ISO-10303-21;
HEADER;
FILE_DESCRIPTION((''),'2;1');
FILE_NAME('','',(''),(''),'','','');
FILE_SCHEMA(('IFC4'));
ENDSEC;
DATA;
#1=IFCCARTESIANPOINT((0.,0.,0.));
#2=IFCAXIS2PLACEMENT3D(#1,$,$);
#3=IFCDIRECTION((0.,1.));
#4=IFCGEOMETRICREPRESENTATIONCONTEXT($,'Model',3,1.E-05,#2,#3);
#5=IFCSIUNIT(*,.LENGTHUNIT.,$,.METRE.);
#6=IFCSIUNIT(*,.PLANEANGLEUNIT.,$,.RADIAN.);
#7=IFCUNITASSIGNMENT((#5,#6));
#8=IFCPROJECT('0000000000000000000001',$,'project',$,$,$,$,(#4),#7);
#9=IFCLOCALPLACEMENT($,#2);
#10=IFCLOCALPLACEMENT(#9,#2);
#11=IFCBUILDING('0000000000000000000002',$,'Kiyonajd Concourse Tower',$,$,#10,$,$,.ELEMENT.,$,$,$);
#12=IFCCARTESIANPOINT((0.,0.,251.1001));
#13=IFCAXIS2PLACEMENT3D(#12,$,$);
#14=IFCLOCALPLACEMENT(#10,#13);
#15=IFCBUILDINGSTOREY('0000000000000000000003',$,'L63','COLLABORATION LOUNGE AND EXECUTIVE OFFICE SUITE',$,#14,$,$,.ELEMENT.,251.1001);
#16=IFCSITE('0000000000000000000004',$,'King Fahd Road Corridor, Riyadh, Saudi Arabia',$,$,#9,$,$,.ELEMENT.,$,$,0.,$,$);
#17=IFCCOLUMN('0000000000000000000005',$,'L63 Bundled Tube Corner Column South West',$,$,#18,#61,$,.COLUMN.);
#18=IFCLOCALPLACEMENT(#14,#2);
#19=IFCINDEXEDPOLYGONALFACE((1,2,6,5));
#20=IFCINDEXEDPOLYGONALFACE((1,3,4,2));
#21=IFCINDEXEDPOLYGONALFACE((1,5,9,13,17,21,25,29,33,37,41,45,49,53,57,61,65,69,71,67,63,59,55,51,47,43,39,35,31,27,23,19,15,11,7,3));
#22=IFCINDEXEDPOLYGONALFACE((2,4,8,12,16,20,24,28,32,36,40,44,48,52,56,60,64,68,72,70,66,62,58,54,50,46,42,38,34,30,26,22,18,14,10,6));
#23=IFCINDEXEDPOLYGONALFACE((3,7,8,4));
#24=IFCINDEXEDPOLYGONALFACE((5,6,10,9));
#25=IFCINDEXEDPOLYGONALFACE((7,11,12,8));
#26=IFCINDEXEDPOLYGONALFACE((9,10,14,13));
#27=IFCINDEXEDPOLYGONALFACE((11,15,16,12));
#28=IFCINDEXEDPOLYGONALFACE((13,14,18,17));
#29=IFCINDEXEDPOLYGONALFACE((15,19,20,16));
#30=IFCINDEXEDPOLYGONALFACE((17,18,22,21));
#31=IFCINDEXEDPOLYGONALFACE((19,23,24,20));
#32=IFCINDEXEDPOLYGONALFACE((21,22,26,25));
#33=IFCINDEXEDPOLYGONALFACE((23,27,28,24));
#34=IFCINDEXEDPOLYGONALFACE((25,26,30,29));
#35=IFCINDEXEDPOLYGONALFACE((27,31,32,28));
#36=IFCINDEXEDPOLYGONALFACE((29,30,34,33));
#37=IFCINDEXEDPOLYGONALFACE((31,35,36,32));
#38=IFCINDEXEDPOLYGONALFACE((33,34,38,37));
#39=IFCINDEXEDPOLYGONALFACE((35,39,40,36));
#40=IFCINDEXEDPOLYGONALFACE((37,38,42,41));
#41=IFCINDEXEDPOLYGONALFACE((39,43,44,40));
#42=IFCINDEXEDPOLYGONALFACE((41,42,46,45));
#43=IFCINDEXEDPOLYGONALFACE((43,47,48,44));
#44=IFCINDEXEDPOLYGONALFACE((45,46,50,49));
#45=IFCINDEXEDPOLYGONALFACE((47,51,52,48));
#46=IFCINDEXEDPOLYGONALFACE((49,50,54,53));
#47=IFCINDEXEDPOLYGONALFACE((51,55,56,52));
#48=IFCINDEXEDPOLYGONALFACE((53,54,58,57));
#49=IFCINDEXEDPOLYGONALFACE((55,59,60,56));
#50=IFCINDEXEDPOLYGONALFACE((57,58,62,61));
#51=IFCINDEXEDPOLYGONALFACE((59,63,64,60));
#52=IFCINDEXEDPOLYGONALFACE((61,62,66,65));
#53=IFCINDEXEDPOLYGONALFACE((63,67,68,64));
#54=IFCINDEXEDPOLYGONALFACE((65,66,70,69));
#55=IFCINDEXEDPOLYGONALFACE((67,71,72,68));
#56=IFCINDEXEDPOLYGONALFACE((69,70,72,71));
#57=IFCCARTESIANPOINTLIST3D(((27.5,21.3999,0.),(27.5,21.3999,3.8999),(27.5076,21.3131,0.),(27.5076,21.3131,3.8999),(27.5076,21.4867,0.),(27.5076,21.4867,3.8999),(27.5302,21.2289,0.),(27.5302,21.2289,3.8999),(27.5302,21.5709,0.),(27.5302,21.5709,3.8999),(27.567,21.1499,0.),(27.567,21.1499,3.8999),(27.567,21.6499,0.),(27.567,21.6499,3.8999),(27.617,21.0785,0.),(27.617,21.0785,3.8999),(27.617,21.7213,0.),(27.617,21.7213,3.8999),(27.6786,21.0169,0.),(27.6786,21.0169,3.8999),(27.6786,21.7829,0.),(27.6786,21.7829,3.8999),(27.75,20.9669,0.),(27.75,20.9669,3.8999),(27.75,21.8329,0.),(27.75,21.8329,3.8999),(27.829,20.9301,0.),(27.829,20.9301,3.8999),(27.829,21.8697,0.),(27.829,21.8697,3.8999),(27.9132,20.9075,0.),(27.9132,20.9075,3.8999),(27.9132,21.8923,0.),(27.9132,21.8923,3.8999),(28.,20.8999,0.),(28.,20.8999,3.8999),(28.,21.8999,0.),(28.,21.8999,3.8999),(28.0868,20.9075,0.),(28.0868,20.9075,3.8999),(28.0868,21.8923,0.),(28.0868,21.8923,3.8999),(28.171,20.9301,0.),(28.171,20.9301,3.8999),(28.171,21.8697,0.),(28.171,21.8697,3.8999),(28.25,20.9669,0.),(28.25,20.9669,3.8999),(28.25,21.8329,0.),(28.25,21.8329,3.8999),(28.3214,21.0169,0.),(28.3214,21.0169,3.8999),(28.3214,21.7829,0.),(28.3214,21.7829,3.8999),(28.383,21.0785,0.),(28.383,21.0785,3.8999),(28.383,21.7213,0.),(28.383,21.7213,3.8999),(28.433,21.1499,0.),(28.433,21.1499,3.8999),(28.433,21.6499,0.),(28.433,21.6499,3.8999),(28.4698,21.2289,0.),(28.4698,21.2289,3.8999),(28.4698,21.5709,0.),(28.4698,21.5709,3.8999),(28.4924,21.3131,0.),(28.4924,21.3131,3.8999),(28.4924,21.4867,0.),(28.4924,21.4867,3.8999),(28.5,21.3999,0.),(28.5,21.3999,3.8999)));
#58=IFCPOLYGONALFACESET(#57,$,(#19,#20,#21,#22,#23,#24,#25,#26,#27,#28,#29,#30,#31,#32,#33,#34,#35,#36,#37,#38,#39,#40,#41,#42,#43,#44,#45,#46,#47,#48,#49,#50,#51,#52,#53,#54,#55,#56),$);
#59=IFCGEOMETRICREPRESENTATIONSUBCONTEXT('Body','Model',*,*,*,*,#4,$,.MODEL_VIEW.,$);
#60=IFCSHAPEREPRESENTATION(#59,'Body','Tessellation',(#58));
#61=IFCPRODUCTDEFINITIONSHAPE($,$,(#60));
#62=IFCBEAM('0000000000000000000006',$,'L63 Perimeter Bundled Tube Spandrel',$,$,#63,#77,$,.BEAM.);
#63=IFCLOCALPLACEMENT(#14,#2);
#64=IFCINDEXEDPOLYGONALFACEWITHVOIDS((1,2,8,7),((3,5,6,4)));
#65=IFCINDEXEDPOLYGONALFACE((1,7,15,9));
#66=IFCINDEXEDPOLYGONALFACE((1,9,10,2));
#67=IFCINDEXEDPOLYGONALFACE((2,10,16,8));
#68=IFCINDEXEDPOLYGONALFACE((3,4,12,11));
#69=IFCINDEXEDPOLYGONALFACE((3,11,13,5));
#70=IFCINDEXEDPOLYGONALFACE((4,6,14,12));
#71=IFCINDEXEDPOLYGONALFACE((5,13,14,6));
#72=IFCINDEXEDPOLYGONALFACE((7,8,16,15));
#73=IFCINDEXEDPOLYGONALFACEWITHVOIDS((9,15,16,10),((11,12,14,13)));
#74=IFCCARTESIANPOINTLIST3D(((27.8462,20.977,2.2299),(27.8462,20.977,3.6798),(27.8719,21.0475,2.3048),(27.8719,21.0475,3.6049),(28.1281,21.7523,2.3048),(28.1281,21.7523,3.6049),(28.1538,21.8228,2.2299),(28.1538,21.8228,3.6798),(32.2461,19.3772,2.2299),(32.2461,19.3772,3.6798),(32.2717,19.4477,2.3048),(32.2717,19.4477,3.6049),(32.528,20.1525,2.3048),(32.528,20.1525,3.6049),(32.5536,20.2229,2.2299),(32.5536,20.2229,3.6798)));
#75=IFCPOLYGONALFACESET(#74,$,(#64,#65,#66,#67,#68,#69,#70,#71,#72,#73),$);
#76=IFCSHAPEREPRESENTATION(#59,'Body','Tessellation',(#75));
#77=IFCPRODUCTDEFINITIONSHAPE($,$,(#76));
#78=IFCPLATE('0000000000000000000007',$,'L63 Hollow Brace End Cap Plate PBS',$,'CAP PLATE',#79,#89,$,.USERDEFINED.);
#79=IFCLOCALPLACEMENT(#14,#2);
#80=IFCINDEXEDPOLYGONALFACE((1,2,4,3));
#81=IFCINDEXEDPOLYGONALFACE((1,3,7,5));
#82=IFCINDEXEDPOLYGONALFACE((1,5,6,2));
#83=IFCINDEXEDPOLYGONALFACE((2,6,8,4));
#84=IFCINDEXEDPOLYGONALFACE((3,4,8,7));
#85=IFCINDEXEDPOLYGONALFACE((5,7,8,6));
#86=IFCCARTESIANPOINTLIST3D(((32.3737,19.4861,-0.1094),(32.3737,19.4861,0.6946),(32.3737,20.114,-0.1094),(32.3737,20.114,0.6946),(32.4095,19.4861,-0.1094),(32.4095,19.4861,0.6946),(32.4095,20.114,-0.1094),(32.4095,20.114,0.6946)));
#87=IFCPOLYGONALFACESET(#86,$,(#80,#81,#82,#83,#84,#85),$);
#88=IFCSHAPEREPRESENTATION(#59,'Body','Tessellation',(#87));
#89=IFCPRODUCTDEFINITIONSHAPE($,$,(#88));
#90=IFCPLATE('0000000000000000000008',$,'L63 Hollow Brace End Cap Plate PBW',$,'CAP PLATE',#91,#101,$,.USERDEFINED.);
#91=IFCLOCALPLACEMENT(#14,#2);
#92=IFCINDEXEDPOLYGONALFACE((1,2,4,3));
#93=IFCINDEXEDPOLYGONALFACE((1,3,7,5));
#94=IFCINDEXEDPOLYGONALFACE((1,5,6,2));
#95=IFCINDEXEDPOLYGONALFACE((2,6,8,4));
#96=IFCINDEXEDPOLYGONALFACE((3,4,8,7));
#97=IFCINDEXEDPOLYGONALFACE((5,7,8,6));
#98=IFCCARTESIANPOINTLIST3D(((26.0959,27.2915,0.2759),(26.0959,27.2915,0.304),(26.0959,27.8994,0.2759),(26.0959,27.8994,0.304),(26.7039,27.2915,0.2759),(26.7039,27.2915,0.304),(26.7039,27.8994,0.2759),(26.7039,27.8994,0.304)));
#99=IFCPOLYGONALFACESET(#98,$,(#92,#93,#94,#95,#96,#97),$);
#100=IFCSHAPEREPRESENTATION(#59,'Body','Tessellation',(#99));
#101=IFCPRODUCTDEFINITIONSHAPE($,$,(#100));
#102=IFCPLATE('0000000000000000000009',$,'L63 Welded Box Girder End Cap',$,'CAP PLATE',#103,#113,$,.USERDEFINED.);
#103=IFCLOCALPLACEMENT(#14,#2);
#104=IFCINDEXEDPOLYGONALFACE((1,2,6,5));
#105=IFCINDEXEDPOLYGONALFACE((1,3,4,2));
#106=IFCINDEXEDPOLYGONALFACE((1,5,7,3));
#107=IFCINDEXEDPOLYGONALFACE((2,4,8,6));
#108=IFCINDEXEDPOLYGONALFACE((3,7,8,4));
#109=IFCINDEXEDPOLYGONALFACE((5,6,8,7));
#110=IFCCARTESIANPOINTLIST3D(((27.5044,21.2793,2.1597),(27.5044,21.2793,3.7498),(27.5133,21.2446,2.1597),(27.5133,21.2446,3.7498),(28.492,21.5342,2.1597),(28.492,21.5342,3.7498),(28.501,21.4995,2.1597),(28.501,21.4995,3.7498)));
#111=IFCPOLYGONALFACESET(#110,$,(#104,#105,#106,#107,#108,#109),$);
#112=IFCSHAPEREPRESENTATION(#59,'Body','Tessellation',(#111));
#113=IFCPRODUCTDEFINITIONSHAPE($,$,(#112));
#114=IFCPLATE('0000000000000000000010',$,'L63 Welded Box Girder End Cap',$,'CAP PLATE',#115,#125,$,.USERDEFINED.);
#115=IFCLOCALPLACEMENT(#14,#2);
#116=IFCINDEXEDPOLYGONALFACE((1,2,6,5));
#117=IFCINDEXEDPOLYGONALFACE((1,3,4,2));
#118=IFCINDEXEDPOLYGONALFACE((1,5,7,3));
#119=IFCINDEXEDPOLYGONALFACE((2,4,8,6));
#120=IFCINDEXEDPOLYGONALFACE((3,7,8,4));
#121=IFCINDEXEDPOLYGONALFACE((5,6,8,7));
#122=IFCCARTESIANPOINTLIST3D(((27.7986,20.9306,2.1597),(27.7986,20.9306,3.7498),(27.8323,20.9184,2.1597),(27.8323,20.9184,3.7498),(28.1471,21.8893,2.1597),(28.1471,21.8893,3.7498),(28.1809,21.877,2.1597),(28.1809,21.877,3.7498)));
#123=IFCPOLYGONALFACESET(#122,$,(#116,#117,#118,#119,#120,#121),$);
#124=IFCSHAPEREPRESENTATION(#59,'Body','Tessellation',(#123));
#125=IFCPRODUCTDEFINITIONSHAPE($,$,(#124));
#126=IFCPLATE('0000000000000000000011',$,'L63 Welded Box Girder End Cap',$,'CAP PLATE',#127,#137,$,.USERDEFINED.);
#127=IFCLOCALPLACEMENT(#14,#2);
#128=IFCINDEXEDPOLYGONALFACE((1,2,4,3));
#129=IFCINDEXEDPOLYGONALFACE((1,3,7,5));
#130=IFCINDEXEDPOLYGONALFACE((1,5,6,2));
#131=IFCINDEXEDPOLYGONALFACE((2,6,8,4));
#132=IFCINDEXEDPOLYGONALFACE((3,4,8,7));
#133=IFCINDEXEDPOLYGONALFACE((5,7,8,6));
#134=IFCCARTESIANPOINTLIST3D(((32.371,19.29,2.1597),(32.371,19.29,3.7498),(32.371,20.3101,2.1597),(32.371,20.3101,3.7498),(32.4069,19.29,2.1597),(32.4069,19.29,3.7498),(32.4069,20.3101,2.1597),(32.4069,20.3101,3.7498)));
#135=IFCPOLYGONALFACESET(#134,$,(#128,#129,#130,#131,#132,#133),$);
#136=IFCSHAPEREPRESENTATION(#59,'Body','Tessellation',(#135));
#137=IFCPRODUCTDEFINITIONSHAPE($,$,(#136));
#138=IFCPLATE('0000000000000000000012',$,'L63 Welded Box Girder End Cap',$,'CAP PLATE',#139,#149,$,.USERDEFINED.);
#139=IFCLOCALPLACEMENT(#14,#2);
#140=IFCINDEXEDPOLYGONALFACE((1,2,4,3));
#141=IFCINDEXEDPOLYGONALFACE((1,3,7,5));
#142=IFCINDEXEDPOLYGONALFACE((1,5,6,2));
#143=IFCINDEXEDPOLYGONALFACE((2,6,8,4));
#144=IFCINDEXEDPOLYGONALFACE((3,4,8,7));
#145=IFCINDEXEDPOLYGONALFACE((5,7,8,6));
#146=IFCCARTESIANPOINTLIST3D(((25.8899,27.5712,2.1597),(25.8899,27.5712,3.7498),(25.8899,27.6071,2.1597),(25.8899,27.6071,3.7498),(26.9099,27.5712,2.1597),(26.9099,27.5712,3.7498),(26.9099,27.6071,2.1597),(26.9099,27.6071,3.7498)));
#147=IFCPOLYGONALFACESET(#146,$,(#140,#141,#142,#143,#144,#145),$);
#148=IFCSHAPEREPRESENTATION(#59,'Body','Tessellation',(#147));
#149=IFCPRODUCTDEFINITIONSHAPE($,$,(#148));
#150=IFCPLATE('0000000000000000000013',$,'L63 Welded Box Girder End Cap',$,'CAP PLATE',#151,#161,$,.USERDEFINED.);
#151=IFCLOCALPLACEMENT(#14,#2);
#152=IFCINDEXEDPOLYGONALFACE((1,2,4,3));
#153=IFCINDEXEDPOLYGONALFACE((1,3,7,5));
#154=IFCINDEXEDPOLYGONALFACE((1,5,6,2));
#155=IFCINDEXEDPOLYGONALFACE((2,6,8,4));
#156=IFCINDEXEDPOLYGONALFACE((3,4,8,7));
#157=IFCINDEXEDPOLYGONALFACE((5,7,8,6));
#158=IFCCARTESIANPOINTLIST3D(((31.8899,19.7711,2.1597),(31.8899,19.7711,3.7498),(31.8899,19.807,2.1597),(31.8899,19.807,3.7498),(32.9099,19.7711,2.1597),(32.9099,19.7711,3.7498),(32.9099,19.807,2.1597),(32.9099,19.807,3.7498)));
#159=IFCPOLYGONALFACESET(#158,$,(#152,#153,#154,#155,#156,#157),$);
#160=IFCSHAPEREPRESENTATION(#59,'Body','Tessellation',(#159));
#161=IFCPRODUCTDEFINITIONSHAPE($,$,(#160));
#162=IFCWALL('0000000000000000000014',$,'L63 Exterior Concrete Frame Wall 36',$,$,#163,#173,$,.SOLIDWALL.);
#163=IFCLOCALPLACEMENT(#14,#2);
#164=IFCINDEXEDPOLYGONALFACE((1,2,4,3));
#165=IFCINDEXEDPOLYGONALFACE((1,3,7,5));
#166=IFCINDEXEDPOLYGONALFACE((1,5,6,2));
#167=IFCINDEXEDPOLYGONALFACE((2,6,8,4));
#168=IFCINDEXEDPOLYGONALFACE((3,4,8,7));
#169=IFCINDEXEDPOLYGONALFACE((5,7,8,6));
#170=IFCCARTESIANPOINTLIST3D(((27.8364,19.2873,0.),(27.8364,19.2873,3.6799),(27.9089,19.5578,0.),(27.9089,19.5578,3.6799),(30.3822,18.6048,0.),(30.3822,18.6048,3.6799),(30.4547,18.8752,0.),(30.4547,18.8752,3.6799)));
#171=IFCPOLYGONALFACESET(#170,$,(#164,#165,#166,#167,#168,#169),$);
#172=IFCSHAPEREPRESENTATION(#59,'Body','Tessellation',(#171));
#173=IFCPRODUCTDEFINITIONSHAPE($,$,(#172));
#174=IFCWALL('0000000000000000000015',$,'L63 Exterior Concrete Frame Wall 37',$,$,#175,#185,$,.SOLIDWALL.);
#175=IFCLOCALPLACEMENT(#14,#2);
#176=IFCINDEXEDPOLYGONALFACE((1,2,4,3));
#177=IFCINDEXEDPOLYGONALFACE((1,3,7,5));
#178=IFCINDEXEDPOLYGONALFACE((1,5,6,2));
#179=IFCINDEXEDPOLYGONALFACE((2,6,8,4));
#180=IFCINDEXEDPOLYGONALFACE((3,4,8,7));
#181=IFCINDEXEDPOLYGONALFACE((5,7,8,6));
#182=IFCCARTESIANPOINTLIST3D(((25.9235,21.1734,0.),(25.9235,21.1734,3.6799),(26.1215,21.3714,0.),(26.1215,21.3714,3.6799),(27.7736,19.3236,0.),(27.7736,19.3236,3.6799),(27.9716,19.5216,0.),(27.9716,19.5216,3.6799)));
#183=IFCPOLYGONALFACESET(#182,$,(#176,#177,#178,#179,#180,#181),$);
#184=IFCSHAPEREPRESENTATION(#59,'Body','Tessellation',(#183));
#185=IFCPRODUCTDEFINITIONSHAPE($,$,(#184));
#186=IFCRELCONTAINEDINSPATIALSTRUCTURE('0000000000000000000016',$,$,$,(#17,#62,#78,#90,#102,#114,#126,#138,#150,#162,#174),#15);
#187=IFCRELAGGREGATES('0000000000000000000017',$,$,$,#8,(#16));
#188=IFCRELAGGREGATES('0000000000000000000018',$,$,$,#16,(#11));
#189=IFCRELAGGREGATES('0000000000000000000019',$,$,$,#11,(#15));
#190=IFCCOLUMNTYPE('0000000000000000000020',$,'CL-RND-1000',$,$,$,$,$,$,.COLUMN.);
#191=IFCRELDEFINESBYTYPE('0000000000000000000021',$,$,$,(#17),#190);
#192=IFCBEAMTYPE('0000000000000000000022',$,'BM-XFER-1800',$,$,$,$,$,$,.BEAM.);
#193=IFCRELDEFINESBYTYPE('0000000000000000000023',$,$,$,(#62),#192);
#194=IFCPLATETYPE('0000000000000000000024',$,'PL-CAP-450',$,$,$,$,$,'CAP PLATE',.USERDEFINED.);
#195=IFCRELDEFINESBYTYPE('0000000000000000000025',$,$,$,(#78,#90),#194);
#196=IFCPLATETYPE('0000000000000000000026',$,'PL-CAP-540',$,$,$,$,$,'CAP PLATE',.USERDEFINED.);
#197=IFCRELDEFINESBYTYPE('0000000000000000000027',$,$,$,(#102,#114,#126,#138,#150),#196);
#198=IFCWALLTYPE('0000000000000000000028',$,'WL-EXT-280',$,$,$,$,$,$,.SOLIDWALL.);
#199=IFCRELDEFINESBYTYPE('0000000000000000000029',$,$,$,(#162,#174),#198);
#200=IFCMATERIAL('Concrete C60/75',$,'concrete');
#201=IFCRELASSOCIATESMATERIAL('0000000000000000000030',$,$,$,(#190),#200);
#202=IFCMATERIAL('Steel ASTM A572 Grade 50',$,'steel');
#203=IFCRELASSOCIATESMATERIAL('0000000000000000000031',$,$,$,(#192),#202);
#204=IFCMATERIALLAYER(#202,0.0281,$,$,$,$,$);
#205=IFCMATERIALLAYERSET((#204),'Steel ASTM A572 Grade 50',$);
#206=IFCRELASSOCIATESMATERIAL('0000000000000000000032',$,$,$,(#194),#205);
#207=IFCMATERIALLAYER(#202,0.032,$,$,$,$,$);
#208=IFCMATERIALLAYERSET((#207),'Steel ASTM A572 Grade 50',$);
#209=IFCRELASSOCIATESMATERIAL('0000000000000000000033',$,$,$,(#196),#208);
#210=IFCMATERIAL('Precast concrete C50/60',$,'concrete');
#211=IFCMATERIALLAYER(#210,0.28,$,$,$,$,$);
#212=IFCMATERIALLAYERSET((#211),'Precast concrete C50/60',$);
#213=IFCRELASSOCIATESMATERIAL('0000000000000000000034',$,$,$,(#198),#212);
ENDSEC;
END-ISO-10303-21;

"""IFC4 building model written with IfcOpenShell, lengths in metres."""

from ifc_helpers import new_model, si_unit, direction, frame, frame_2d, origin, origin_2d, place, context, subcontext, project, spatial, rectangle, hollow_rectangle, circle, extrude, material, layer, layer_set, material_profile, profile_set, type_object, element, save


model = new_model("IFC4")

# Units and contexts
model_context = context("Model", 3, precision=1e-05, world=origin(), true_north=direction((0.0, 1.0)))
body_context = subcontext(model_context, "Body", "Model", "MODEL_VIEW")
ifc_project = project(units=[si_unit("LENGTHUNIT", "METRE"), si_unit("PLANEANGLEUNIT", "RADIAN")], contexts=[model_context])

# Site, building, storey
site_placement = place(None, origin())
site = spatial("IfcSite", under=ifc_project, at=site_placement, Name="King Fahd Road Corridor, Riyadh, Saudi Arabia", CompositionType="ELEMENT", RefElevation=0.0)
building_placement = place(site_placement, origin())
building = spatial("IfcBuilding", under=site, at=building_placement, Name="Kiyonajd Concourse Tower", CompositionType="ELEMENT")
storey_placement = place(building_placement, frame((0.0, 0.0, 251.1001)))
storey = spatial("IfcBuildingStorey", under=building, at=storey_placement, Name="L63", Description="COLLABORATION LOUNGE AND EXECUTIVE OFFICE SUITE", CompositionType="ELEMENT", Elevation=251.1001)

# Column
ifc_material_1 = material(Name="Concrete C60/75", Category="concrete")
ifc_material_profile_1 = material_profile(ifc_material_1, circle(Radius=0.5, at=origin_2d()), Name="RCC-D1000")
ifc_profile_set_1 = profile_set([ifc_material_profile_1], Name="Concrete C60/75")
column_type = type_object("IfcColumnType", Name="CL-RND-1000", PredefinedType="COLUMN", material=ifc_profile_set_1)
column_placement = place(storey_placement, frame((28.0, 21.3999, 0.0), z_axis=(0.0, 0.0, 1.0), x_axis=(1.0, 0.0, 0.0)))
element("IfcColumn", 1, at=column_placement, inside=storey, type_object=column_type, Name="L63 Bundled Tube Corner Column South West", PredefinedType="COLUMN", context=body_context, shape_type="SweptSolid", body=[
    extrude(circle(Radius=0.5, at=origin_2d()), origin(), (0.0, 0.0, 1.0), 3.8999),
])

# Beam
ifc_material_2 = material(Name="Steel ASTM A572 Grade 50", Category="steel")
ifc_material_profile_2 = material_profile(ifc_material_2, hollow_rectangle(XDim=0.8999, YDim=1.45, WallThickness=0.075, at=origin_2d()), Name="BOX-1450x900x75")
ifc_profile_set_2 = profile_set([ifc_material_profile_2], Name="Steel ASTM A572 Grade 50")
beam_type = type_object("IfcBeamType", Name="BM-XFER-1800", PredefinedType="BEAM", material=ifc_profile_set_2)
beam_placement = place(storey_placement, frame((28.0, 21.3999, 2.9548), z_axis=(0.939801, -0.341722, 0.0), x_axis=(0.341722, 0.939801, 0.0)))
element("IfcBeam", 2, at=beam_placement, inside=storey, type_object=beam_type, Name="L63 Perimeter Bundled Tube Spandrel", PredefinedType="BEAM", context=body_context, shape_type="SweptSolid", body=[
    extrude(hollow_rectangle(XDim=0.8999, YDim=1.45, WallThickness=0.075, at=origin_2d()), origin(), (0.0, 0.0, 1.0), 4.6816),
])

# Plates
ifc_layer_1 = layer(ifc_material_2, 0.0281)
ifc_layer_set_1 = layer_set([ifc_layer_1], Name="Steel ASTM A572 Grade 50")
plate_type_1 = type_object("IfcPlateType", Name="PL-CAP-450", ElementType="CAP PLATE", PredefinedType="USERDEFINED", material=ifc_layer_set_1)
plate_1_placement = place(storey_placement, frame((32.3916, 19.8, -0.1094), z_axis=(0.0, 0.0, 1.0), x_axis=(-1.0, 0.0, 0.0)))
element("IfcPlate", 3, at=plate_1_placement, inside=storey, type_object=plate_type_1, Name="L63 Hollow Brace End Cap Plate PBS", ObjectType="CAP PLATE", PredefinedType="USERDEFINED", context=body_context, shape_type="SweptSolid", body=[
    extrude(rectangle(XDim=0.0359, YDim=0.6279, at=origin_2d()), origin(), (0.0, 0.0, 1.0), 0.804),
])
plate_2_placement = place(storey_placement, frame((26.3999, 27.5955, 0.2759), z_axis=(0.0, 0.0, 1.0), x_axis=(1.0, 0.0, 0.0)))
element("IfcPlate", 4, at=plate_2_placement, inside=storey, type_object=plate_type_1, Name="L63 Hollow Brace End Cap Plate PBW", ObjectType="CAP PLATE", PredefinedType="USERDEFINED", context=body_context, shape_type="SweptSolid", body=[
    extrude(rectangle(XDim=0.6079, YDim=0.6079, at=origin_2d()), origin(), (0.0, 0.0, 1.0), 0.0281),
])
ifc_layer_2 = layer(ifc_material_2, 0.032)
ifc_layer_set_2 = layer_set([ifc_layer_2], Name="Steel ASTM A572 Grade 50")
plate_type_2 = type_object("IfcPlateType", Name="PL-CAP-540", ElementType="CAP PLATE", PredefinedType="USERDEFINED", material=ifc_layer_set_2)
for number, where, z_axis, x_axis, name in (
    (5, (28.0027, 21.3894, 2.1597), (0.0, 0.0, 1.0), (0.249873, -0.968279, 0.0), "L63 Welded Box Girder End Cap"),
    (6, (27.9897, 21.4038, 2.1597), (0.0, 0.0, 1.0), (-0.939812, 0.341692, 0.0), "L63 Welded Box Girder End Cap"),
    (7, (32.3889, 19.8, 2.1597), (0.0, 0.0, 1.0), (-1.0, 0.0, 0.0), "L63 Welded Box Girder End Cap"),
    (8, (26.3999, 27.5891, 2.1597), (0.0, 0.0, 1.0), (0.0, -1.0, 0.0), "L63 Welded Box Girder End Cap"),
    (9, (32.3999, 19.7891, 2.1597), (0.0, 0.0, 1.0), (0.0, -1.0, 0.0), "L63 Welded Box Girder End Cap"),
):
    element("IfcPlate", number, at=place(storey_placement, frame(where, z_axis=z_axis, x_axis=x_axis)), inside=storey, type_object=plate_type_2, Name=name, ObjectType="CAP PLATE", PredefinedType="USERDEFINED", context=body_context, shape_type="SweptSolid", body=[
        extrude(rectangle(XDim=0.0359, YDim=1.02, at=origin_2d()), origin(), (0.0, 0.0, 1.0), 1.5901),
    ])

# Walls
ifc_material_3 = material(Name="Precast concrete C50/60", Category="concrete")
ifc_layer_3 = layer(ifc_material_3, 0.28)
ifc_layer_set_3 = layer_set([ifc_layer_3], Name="Precast concrete C50/60")
wall_type_1 = type_object("IfcWallType", Name="WL-EXT-280", PredefinedType="SOLIDWALL", material=ifc_layer_set_3)
wall_1_placement = place(storey_placement, frame((30.4185, 18.74, 0.0), z_axis=(0.0, 0.0, 1.0), x_axis=(-0.965884, 0.258977, 0.0)))
element("IfcWall", 10, at=wall_1_placement, inside=storey, type_object=wall_type_1, Name="L63 Exterior Concrete Frame Wall 36", PredefinedType="SOLIDWALL", context=body_context, shape_type="SweptSolid", body=[
    extrude(rectangle(XDim=2.6357, YDim=0.28, at=frame_2d((1.3179, 0.0))), origin(), (0.0, 0.0, 1.0), 3.6799),
])
wall_2_placement = place(storey_placement, frame((27.8726, 19.4226, 0.0), z_axis=(0.0, 0.0, 1.0), x_axis=(-0.707153, 0.70706, 0.0)))
element("IfcWall", 11, at=wall_2_placement, inside=storey, type_object=wall_type_1, Name="L63 Exterior Concrete Frame Wall 37", PredefinedType="SOLIDWALL", context=body_context, shape_type="SweptSolid", body=[
    extrude(rectangle(XDim=2.6162, YDim=0.28, at=frame_2d((1.3081, 0.0))), origin(), (0.0, 0.0, 1.0), 3.6799),
])

save(model, "model.ifc")
